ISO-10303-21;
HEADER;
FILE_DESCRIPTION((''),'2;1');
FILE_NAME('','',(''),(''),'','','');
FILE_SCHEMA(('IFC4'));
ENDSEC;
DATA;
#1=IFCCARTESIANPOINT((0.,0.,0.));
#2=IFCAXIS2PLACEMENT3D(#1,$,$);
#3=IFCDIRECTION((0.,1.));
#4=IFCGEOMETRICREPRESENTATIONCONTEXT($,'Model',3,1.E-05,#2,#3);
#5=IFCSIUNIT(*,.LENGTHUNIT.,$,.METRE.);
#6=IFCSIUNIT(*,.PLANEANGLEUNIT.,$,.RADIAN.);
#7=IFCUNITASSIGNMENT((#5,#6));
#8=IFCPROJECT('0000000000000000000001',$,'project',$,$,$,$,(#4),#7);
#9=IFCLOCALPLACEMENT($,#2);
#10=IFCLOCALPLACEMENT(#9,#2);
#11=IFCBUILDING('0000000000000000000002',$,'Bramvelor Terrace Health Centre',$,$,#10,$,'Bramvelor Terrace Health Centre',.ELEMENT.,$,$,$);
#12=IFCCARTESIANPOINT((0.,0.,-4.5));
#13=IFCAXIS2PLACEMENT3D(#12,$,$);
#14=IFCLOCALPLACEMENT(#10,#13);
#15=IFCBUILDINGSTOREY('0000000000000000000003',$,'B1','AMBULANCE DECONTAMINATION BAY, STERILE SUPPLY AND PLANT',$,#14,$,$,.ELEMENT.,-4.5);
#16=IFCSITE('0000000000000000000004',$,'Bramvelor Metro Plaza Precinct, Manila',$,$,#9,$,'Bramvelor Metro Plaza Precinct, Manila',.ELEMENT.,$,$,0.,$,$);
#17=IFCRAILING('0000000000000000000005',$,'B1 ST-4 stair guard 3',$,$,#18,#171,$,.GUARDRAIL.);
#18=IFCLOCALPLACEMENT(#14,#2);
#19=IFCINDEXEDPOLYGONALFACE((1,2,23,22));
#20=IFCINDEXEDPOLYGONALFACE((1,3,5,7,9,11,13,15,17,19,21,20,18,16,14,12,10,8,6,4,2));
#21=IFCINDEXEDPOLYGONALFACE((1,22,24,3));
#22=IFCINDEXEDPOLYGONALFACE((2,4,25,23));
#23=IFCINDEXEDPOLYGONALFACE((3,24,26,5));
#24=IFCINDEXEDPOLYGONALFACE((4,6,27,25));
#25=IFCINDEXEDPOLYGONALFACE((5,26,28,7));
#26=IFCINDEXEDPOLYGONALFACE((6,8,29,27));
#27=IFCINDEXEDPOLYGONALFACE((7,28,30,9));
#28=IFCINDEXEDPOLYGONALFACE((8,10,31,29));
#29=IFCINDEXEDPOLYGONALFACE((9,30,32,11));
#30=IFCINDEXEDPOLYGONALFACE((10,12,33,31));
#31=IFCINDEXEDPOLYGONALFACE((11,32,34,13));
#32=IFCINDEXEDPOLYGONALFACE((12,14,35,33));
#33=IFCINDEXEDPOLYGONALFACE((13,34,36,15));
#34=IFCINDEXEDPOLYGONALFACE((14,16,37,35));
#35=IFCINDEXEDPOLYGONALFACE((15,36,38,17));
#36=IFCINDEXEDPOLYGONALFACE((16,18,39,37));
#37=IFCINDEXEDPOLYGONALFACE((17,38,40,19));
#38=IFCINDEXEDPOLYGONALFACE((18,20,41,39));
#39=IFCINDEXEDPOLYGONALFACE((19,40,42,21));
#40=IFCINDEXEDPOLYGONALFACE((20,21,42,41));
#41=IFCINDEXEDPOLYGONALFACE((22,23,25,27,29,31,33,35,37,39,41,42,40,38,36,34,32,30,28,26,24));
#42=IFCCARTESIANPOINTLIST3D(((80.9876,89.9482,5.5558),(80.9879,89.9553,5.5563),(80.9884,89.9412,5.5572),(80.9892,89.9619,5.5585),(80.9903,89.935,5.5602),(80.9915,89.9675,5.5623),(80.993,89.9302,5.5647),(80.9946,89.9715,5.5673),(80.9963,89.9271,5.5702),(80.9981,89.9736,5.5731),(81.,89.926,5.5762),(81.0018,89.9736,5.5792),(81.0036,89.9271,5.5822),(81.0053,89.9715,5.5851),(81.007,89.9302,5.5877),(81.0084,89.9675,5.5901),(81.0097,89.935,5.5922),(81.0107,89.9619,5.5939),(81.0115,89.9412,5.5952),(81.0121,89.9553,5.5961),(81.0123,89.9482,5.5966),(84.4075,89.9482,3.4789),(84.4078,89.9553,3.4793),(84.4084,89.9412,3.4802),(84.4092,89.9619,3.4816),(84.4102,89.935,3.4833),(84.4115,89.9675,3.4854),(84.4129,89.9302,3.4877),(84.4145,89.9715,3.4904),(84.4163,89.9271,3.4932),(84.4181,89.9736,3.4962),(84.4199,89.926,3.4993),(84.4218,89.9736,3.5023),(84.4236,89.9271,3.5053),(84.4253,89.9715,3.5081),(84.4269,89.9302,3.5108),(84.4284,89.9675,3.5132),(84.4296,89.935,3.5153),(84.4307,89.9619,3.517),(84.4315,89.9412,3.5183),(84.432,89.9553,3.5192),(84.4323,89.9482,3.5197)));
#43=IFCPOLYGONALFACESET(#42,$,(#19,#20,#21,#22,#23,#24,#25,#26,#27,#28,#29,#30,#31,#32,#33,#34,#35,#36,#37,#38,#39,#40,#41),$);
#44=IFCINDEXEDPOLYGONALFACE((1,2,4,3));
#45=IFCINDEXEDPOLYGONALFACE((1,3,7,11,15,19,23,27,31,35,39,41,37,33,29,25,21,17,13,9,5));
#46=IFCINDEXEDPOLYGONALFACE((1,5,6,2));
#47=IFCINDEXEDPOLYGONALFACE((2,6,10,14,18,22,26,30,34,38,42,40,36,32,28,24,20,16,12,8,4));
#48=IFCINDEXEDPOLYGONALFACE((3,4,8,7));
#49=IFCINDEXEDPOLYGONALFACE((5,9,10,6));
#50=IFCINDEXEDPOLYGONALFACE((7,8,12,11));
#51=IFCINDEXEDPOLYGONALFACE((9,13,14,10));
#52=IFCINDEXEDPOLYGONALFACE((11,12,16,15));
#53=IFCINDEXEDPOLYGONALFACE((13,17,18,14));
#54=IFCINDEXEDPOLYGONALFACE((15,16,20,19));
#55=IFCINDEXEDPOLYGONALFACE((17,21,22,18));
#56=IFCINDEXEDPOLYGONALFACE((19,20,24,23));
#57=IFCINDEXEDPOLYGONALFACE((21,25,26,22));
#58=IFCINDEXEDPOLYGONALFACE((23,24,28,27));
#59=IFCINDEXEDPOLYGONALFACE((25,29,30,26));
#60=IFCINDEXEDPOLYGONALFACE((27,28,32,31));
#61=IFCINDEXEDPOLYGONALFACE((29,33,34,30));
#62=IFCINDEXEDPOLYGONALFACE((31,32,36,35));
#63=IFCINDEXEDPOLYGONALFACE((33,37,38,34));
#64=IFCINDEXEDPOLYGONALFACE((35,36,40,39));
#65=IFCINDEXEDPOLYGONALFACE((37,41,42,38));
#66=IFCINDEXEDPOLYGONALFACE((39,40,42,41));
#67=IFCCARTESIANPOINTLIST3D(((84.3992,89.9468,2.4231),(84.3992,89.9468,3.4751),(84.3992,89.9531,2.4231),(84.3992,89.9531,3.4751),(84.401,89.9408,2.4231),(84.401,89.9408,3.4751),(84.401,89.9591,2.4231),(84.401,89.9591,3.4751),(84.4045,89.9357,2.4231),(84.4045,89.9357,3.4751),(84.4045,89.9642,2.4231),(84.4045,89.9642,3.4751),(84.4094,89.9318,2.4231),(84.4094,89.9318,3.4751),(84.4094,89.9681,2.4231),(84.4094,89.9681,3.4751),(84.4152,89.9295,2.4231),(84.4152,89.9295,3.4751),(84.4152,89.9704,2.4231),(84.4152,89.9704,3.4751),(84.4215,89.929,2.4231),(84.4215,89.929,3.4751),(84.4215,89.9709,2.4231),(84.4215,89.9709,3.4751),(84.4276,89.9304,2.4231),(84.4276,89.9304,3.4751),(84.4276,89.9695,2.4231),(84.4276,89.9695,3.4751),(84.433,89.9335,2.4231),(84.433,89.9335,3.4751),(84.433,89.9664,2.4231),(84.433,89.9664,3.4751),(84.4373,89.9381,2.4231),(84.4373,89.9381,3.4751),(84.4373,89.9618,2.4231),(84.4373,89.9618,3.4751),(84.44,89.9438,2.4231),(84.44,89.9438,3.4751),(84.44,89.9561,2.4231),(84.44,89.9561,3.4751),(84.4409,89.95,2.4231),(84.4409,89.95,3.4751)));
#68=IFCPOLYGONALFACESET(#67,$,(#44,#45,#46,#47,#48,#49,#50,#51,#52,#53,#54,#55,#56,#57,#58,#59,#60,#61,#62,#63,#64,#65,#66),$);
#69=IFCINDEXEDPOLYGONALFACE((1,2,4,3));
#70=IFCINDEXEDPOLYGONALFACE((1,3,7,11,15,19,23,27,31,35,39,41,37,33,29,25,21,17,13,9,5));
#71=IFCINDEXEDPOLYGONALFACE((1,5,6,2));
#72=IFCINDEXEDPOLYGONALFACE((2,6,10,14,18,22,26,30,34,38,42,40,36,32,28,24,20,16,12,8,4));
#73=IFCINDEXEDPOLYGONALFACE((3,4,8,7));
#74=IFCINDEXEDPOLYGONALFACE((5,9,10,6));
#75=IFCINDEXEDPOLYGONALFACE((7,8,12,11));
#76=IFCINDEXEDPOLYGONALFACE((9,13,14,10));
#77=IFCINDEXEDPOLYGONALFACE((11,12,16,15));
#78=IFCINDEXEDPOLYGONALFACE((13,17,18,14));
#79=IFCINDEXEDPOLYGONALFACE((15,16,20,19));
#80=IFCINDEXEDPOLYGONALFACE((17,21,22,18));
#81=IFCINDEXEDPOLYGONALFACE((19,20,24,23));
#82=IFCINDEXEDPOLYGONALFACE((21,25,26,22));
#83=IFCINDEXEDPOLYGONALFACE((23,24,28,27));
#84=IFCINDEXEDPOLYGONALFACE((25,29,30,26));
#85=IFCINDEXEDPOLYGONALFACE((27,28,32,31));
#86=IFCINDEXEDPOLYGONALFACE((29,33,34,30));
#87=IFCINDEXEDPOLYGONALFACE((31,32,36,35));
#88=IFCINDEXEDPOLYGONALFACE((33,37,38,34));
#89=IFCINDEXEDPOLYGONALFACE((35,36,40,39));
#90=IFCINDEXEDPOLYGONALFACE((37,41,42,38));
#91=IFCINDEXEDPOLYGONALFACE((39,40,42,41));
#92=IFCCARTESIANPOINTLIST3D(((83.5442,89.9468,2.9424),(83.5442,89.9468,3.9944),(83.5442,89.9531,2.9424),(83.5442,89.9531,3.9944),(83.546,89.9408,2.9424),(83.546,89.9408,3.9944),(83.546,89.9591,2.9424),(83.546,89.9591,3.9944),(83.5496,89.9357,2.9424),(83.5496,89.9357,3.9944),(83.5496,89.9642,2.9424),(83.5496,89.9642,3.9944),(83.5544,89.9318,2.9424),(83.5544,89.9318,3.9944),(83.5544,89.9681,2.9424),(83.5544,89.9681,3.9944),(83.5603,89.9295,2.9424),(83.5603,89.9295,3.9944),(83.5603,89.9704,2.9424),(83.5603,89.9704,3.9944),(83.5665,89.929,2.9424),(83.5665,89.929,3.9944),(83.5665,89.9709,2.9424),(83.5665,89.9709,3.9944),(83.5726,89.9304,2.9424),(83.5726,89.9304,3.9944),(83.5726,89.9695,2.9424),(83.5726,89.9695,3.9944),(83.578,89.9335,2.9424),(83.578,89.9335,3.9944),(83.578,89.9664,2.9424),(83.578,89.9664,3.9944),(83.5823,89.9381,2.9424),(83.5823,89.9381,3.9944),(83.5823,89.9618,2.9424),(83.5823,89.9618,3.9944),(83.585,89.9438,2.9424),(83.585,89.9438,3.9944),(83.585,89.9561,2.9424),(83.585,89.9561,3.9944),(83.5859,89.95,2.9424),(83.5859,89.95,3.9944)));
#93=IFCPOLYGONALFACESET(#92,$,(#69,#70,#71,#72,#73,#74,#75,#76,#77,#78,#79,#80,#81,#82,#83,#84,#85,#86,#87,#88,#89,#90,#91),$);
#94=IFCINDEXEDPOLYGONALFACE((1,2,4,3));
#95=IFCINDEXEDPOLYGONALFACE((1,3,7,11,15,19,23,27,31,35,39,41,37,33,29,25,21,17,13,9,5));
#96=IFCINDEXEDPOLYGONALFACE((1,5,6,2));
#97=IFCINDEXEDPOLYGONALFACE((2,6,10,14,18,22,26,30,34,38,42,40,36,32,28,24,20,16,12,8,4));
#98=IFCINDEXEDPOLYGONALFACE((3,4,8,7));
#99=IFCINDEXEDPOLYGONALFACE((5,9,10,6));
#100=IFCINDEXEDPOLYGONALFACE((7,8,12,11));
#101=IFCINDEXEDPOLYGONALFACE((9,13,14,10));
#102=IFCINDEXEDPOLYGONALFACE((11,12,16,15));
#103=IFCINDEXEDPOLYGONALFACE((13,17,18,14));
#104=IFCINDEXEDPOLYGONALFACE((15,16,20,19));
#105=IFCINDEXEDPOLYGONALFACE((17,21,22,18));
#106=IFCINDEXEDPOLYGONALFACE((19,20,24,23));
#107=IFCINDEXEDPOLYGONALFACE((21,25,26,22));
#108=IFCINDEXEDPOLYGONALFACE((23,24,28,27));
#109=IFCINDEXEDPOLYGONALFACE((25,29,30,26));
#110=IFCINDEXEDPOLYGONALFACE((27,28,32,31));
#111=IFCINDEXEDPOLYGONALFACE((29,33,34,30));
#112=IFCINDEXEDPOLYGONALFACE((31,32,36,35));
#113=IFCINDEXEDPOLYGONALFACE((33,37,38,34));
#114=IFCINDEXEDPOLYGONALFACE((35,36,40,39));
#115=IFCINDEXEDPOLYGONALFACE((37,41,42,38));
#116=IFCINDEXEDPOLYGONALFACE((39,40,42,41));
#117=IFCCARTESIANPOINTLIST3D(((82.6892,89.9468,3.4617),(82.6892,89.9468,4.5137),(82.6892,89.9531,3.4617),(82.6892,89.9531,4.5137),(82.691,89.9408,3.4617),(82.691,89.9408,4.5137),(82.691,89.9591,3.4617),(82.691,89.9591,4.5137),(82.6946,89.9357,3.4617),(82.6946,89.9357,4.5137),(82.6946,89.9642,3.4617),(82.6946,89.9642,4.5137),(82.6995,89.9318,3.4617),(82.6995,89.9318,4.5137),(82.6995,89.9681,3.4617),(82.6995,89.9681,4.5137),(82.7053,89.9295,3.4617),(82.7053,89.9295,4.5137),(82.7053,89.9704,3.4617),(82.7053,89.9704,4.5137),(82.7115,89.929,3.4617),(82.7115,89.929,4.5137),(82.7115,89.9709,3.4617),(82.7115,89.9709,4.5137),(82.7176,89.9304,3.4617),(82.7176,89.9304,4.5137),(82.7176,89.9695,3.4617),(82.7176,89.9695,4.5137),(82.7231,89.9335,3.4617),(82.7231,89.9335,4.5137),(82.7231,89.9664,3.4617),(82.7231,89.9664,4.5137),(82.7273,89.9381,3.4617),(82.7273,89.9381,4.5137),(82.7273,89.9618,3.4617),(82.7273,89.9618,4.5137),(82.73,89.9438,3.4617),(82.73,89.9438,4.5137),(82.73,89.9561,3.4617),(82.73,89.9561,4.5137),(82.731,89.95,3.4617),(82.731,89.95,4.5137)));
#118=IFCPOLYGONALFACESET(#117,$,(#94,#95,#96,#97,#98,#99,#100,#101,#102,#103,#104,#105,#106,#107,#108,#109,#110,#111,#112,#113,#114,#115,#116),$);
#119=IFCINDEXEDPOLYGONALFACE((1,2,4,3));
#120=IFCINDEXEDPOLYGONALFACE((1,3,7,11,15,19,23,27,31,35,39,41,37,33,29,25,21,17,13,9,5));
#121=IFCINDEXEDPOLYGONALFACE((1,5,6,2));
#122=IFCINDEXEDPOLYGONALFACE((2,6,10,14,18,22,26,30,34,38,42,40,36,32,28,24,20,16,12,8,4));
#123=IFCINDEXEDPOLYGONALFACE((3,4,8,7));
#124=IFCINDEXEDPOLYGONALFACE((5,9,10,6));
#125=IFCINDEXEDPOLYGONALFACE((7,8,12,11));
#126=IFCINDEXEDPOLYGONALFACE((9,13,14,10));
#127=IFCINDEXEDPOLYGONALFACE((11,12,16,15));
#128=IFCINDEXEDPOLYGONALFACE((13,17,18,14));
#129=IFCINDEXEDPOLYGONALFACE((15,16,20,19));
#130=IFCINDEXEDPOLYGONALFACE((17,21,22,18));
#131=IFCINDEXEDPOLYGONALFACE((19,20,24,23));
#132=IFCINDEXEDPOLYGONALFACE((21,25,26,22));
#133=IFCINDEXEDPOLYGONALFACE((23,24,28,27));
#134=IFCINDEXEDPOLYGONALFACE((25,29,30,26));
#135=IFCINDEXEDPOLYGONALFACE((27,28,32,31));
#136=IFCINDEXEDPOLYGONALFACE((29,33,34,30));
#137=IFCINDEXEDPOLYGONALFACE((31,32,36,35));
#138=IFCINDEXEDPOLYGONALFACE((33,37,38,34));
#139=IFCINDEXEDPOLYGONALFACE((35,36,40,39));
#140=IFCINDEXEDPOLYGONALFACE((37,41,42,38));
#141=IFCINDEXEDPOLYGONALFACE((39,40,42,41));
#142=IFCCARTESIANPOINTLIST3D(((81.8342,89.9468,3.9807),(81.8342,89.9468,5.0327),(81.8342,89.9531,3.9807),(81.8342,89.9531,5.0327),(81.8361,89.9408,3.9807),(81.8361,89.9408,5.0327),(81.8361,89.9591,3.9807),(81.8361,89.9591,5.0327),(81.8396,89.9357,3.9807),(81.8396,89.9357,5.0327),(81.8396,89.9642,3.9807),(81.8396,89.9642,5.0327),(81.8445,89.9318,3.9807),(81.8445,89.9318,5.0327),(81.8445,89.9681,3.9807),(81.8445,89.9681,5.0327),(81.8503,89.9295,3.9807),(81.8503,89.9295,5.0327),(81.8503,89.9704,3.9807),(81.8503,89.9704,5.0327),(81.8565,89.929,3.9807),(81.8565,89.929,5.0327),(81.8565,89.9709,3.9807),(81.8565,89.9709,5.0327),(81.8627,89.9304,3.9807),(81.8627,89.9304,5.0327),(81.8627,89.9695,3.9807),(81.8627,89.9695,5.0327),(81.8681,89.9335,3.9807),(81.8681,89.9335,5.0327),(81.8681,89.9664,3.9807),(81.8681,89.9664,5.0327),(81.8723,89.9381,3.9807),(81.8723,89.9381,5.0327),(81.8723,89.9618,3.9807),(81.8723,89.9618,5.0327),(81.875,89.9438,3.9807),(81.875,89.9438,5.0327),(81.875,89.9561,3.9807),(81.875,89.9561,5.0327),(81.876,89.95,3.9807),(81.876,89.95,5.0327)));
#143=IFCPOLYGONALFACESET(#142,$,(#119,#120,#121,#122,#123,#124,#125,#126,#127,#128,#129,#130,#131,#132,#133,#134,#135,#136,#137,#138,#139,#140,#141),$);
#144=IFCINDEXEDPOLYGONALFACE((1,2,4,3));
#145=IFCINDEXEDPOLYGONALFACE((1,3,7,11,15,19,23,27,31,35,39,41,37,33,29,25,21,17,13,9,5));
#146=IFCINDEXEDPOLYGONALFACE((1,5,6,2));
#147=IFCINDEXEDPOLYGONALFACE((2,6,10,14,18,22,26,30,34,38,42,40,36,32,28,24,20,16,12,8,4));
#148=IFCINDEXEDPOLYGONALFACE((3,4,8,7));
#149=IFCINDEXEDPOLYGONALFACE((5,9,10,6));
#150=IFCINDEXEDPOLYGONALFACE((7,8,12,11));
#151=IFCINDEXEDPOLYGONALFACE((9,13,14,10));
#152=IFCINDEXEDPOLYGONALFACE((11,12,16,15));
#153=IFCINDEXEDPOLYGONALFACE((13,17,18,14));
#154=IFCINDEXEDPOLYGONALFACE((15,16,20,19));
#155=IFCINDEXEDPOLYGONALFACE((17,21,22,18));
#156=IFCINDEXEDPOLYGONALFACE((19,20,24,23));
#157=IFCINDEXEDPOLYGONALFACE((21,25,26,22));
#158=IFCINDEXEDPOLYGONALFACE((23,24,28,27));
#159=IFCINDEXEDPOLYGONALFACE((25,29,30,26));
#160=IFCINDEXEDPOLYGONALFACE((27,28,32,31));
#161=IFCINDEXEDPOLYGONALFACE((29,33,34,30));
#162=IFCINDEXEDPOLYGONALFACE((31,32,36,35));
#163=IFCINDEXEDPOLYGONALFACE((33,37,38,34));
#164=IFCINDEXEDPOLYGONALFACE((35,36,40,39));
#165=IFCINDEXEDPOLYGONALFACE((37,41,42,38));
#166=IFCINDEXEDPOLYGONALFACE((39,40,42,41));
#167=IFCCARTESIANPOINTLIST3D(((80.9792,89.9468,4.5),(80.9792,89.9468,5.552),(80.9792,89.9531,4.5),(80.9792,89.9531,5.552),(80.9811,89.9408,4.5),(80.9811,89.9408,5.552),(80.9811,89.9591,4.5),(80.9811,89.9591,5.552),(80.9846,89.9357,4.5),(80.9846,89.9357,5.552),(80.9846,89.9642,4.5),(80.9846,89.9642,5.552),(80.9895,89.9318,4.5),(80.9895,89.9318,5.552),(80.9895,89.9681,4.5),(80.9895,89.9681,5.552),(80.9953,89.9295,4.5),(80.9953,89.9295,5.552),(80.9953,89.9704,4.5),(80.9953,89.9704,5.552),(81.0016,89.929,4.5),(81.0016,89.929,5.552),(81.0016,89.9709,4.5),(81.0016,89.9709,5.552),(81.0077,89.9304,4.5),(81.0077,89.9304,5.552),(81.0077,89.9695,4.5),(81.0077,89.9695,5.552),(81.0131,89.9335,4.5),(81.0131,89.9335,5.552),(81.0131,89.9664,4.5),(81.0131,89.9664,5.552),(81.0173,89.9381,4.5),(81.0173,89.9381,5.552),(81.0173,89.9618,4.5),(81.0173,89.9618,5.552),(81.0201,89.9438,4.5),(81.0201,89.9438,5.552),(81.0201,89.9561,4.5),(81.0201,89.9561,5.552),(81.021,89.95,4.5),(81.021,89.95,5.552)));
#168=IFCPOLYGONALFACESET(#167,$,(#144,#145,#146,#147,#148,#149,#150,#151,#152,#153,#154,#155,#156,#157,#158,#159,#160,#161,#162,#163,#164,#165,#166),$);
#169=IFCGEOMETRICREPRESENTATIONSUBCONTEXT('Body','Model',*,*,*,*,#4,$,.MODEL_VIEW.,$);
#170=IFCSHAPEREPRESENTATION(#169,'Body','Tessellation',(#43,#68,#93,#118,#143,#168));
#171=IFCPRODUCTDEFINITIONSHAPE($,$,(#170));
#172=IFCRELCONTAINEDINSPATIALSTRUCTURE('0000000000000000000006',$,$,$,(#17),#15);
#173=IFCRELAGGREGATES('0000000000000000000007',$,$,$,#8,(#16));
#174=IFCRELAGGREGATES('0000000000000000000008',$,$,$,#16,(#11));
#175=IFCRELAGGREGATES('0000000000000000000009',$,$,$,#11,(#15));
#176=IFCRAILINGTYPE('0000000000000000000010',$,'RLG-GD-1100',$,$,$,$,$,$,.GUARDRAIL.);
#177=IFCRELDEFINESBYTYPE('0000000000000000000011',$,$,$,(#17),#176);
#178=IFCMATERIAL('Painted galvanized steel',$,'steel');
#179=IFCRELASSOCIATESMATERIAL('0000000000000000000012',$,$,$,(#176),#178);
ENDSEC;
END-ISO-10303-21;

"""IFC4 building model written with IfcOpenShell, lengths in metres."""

from ifc_helpers import new_model, si_unit, direction, frame, origin, origin_2d, place, context, subcontext, project, spatial, circle, extrude, material, type_object, element, save


model = new_model("IFC4")

# Units and contexts
model_context = context("Model", 3, precision=1e-05, world=origin(), true_north=direction((0.0, 1.0)))
body_context = subcontext(model_context, "Body", "Model", "MODEL_VIEW")
ifc_project = project(units=[si_unit("LENGTHUNIT", "METRE"), si_unit("PLANEANGLEUNIT", "RADIAN")], contexts=[model_context])

# Site, building, storey
site_placement = place(None, origin())
site = spatial("IfcSite", under=ifc_project, at=site_placement, Name="Bramvelor Metro Plaza Precinct, Manila", LongName="Bramvelor Metro Plaza Precinct, Manila", CompositionType="ELEMENT", RefElevation=0.0)
building_placement = place(site_placement, origin())
building = spatial("IfcBuilding", under=site, at=building_placement, Name="Bramvelor Terrace Health Centre", LongName="Bramvelor Terrace Health Centre", CompositionType="ELEMENT")
storey_placement = place(building_placement, frame((0.0, 0.0, -4.5)))
storey = spatial("IfcBuildingStorey", under=building, at=storey_placement, Name="B1", Description="AMBULANCE DECONTAMINATION BAY, STERILE SUPPLY AND PLANT", CompositionType="ELEMENT", Elevation=-4.5)

# Railing
ifc_material_1 = material(Name="Painted galvanized steel", Category="steel")
railing_type_1 = type_object("IfcRailingType", Name="RLG-GD-1100", PredefinedType="GUARDRAIL", material=ifc_material_1)
railing_1_placement = place(storey_placement, frame((84.4199, 89.95, 2.4231)))
element("IfcRailing", 1, at=railing_1_placement, inside=storey, type_object=railing_type_1, Name="B1 ST-4 stair guard 3", PredefinedType="GUARDRAIL", context=body_context, shape_type="SweptSolid", body=[
    extrude(circle(Radius=0.0239, at=origin_2d()), frame((0.0, 0.0, 1.0762), z_axis=(-0.85473, 0.0, 0.519074), x_axis=(0.0, -1.0, 0.0)), (0.0, 0.0, 1.0), 4.0012),
    extrude(circle(Radius=0.021, at=origin_2d()), origin(), (0.0, 0.0, 1.0), 1.052),
    extrude(circle(Radius=0.021, at=origin_2d()), frame((-0.855, 0.0, 0.5193)), (0.0, 0.0, 1.0), 1.052),
    extrude(circle(Radius=0.021, at=origin_2d()), frame((-1.71, 0.0, 1.0386)), (0.0, 0.0, 1.0), 1.052),
    extrude(circle(Radius=0.021, at=origin_2d()), frame((-2.5649, 0.0, 1.5576)), (0.0, 0.0, 1.0), 1.052),
    extrude(circle(Radius=0.021, at=origin_2d()), frame((-3.4199, 0.0, 2.0769)), (0.0, 0.0, 1.0), 1.052),
])

save(model, "model.ifc")
